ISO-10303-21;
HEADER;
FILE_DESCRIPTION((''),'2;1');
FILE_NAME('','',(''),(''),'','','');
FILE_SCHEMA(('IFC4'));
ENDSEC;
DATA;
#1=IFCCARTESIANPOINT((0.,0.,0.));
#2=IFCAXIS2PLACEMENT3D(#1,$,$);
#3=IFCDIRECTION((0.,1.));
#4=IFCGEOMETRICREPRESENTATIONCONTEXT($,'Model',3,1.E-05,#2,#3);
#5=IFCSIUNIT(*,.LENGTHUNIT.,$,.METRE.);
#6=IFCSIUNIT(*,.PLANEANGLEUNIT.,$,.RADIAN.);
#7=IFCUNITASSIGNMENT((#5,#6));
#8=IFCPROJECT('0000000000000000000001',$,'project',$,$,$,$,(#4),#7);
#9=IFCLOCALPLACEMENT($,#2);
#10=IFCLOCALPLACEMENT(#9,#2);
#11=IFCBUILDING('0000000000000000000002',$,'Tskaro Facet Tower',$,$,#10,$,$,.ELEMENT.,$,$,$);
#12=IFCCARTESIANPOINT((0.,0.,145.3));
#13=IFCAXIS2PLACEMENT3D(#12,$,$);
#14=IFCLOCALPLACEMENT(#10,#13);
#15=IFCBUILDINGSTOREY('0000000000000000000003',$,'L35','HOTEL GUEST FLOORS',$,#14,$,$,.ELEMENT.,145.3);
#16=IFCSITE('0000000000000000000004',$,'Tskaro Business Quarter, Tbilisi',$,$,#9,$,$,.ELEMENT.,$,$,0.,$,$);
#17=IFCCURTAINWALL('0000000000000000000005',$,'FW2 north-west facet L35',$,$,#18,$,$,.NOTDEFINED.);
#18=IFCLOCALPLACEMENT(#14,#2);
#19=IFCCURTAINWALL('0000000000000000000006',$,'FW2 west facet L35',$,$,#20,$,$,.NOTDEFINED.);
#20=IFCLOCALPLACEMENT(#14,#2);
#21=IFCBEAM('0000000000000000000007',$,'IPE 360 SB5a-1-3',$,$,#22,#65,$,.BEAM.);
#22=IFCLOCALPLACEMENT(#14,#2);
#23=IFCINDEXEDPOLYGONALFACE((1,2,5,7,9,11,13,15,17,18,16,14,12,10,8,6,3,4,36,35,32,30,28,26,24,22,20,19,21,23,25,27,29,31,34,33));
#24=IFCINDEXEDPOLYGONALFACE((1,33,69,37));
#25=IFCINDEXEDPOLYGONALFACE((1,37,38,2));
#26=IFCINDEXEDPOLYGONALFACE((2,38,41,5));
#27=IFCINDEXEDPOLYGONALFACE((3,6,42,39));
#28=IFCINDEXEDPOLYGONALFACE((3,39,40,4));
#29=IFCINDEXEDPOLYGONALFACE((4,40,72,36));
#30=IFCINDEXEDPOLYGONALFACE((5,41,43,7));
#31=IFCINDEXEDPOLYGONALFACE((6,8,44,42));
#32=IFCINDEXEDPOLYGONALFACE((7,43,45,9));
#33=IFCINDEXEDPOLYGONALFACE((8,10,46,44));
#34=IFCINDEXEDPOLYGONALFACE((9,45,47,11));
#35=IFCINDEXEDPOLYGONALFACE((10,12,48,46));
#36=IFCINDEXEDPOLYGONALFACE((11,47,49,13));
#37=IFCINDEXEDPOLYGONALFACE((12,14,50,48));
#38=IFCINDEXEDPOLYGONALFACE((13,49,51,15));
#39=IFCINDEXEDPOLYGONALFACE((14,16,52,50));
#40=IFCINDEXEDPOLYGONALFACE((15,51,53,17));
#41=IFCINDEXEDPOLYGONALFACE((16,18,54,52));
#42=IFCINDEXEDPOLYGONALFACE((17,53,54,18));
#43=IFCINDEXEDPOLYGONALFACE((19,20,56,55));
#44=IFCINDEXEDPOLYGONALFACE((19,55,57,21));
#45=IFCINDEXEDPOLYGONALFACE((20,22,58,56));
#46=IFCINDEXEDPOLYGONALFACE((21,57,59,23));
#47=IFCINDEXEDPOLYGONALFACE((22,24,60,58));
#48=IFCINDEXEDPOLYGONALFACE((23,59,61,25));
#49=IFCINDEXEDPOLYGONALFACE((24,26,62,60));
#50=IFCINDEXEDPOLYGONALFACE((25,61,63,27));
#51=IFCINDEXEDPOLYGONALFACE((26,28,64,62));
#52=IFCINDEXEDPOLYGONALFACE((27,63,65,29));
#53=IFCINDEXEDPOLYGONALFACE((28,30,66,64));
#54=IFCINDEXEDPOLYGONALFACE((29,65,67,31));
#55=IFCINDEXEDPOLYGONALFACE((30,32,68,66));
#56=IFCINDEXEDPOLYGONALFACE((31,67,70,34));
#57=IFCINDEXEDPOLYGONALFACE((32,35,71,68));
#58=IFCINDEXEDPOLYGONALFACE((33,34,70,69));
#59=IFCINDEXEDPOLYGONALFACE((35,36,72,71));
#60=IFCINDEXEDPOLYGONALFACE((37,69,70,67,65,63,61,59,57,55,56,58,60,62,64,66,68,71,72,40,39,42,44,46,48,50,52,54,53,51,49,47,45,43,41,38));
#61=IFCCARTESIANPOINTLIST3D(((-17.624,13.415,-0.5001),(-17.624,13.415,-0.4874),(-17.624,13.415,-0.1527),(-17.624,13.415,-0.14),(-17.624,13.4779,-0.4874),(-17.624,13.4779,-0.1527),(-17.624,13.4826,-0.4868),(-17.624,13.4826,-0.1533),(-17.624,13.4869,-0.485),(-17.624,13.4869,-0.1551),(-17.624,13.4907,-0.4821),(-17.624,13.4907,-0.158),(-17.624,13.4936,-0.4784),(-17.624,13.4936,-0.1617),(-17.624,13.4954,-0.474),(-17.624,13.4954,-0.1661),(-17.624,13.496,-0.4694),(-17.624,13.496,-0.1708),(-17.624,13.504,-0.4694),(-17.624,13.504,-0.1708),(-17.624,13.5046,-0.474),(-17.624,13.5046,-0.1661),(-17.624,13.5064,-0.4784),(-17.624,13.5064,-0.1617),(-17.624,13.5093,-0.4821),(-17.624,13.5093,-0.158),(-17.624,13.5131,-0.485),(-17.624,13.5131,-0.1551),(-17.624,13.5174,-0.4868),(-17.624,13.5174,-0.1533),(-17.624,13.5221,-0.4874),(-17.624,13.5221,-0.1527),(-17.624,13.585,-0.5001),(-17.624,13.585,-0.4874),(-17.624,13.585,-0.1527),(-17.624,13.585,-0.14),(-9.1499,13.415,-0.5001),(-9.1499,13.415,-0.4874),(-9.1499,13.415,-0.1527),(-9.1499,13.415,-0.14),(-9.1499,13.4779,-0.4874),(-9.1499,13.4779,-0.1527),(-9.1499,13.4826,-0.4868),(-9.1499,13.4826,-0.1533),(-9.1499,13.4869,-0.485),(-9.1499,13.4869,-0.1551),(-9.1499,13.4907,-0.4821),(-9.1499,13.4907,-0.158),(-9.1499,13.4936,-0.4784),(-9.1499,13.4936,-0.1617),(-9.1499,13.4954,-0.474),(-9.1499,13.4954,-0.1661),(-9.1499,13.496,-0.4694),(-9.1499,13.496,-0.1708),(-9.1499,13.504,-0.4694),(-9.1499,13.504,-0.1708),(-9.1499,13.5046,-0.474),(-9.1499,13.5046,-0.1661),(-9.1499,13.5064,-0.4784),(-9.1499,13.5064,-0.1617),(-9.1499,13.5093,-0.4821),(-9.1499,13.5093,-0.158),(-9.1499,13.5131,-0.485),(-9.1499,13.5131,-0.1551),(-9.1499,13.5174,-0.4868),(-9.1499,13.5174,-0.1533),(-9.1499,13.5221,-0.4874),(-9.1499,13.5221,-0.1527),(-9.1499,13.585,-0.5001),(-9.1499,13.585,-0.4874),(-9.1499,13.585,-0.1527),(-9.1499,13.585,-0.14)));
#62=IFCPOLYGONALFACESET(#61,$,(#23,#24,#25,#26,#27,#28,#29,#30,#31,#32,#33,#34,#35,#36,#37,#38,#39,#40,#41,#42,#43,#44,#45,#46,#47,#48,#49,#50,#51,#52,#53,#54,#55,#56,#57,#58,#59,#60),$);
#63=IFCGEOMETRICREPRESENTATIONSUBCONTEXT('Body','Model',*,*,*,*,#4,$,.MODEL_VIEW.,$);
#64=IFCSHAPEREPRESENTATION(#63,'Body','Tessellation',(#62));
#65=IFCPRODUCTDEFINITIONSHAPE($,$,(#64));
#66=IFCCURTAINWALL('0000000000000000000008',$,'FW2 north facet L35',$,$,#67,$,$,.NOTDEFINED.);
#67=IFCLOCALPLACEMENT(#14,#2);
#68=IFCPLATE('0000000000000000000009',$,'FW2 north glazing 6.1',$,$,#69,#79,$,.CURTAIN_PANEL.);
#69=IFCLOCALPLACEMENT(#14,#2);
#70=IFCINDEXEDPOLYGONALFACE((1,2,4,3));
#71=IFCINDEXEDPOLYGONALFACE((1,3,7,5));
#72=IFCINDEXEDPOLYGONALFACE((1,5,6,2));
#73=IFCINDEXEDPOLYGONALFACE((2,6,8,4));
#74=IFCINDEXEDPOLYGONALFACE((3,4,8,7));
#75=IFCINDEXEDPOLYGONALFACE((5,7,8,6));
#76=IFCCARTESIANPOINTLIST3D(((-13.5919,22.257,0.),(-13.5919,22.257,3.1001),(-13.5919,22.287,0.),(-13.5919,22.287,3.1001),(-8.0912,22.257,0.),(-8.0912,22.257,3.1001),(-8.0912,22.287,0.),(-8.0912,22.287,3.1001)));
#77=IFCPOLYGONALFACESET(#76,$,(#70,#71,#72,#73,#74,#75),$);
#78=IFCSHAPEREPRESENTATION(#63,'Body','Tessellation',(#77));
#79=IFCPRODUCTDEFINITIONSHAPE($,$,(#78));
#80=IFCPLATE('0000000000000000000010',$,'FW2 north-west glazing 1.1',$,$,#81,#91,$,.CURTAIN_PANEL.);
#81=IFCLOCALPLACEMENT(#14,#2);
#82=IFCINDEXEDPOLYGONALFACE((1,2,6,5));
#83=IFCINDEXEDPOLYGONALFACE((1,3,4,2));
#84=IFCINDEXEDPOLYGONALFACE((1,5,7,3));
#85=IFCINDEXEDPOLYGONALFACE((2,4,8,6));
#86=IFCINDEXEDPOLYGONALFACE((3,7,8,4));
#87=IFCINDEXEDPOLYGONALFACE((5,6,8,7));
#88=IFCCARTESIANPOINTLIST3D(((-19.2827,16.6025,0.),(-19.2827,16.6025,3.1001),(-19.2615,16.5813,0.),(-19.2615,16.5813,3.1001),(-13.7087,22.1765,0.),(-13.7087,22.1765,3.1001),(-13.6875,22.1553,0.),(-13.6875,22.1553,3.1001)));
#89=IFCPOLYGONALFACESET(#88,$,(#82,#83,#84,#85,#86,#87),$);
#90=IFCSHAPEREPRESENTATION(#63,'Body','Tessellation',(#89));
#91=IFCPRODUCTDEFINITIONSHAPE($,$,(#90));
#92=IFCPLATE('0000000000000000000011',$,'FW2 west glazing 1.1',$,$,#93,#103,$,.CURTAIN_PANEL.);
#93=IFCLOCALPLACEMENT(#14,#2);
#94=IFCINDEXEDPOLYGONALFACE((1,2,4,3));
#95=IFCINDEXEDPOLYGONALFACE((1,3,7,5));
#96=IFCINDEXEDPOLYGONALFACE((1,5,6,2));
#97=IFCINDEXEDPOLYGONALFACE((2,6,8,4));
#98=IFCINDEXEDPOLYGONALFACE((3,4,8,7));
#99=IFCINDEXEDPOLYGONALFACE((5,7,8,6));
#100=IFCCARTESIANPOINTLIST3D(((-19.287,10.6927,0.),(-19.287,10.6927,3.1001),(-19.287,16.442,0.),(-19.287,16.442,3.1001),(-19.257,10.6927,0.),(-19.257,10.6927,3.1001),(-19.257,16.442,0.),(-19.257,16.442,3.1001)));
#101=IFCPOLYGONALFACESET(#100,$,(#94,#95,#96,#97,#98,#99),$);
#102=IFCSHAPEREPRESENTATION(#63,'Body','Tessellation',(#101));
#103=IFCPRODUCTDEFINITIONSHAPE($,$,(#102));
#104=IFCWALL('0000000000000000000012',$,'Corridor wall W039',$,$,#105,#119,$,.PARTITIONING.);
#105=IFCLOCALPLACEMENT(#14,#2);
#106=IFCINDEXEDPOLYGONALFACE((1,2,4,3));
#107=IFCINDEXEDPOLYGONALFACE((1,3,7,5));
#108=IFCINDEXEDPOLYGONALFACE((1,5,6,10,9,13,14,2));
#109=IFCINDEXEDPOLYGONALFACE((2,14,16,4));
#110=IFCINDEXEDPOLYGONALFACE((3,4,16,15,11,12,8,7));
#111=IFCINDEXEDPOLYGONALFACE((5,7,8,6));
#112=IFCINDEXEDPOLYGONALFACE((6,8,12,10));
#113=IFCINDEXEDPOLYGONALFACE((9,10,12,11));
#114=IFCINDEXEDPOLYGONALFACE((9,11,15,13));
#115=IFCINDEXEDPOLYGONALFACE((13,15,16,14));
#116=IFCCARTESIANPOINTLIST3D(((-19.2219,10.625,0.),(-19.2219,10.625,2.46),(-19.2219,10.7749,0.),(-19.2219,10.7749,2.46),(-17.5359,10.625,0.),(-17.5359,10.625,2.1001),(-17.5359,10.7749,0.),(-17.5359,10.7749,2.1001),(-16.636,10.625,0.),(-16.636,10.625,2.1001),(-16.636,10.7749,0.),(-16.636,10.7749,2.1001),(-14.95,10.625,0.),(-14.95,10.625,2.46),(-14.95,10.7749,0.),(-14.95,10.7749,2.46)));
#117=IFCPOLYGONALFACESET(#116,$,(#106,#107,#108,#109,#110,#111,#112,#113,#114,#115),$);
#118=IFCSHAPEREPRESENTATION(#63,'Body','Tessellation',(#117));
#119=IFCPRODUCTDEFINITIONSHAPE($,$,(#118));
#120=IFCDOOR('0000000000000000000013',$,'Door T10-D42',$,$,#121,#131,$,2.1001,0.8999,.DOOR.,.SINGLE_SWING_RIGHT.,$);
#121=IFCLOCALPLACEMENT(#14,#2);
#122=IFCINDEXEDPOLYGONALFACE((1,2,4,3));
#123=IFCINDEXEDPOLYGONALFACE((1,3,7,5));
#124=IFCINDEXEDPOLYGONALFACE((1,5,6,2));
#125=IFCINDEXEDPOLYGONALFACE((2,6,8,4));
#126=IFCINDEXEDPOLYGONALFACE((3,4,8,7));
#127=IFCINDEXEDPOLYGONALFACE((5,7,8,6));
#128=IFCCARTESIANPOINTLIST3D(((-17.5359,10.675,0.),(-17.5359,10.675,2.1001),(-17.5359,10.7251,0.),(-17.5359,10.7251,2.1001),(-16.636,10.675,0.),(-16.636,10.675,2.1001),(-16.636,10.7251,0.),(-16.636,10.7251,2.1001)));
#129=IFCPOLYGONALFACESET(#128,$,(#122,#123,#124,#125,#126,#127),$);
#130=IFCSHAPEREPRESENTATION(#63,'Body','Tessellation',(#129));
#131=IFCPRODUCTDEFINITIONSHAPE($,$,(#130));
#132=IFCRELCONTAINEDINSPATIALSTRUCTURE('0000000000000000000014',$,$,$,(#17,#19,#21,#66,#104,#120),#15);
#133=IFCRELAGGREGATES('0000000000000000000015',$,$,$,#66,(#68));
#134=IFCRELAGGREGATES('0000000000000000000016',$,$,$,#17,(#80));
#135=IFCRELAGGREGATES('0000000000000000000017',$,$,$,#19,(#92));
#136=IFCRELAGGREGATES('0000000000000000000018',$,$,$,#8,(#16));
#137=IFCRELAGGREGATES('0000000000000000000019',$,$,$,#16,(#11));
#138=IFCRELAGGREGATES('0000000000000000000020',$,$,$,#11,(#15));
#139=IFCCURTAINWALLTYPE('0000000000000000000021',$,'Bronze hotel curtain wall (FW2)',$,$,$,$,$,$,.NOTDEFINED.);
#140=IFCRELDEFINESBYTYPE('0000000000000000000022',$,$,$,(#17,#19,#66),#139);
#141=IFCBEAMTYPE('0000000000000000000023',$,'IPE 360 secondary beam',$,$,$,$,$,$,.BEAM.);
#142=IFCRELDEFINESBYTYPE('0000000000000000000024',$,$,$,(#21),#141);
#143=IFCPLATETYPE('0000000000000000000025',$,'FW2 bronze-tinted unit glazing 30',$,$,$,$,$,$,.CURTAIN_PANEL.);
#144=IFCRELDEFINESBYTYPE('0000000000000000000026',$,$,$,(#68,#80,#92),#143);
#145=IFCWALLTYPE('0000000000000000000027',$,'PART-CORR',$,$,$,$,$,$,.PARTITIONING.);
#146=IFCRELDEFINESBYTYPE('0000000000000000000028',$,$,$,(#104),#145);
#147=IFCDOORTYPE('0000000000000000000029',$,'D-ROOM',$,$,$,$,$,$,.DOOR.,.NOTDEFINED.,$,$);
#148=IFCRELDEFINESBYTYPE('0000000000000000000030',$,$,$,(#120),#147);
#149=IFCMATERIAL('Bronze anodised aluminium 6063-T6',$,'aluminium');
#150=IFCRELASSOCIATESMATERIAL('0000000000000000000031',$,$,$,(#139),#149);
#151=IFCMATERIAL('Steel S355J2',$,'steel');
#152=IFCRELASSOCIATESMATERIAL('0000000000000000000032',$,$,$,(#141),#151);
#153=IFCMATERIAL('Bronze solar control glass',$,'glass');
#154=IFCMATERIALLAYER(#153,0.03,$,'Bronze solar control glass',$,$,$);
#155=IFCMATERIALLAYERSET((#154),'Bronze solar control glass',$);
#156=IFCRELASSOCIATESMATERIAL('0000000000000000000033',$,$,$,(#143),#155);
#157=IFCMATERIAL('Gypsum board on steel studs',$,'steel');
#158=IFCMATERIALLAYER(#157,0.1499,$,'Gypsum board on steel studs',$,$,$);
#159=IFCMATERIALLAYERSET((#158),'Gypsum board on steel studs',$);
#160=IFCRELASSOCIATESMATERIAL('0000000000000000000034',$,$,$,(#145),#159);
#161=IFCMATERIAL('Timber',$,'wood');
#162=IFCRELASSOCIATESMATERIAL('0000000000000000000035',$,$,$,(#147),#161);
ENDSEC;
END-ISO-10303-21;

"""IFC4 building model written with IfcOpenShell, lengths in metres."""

from ifc_helpers import new_model, si_unit, direction, frame, frame_2d, origin, origin_2d, place, context, subcontext, project, spatial, rectangle, i_section, extrude, material, layer, layer_set, material_profile, profile_set, type_object, element, fill, aggregate, save


model = new_model("IFC4")

# Units and contexts
model_context = context("Model", 3, precision=1e-05, world=origin(), true_north=direction((0.0, 1.0)))
body_context = subcontext(model_context, "Body", "Model", "MODEL_VIEW")
ifc_project = project(units=[si_unit("LENGTHUNIT", "METRE"), si_unit("PLANEANGLEUNIT", "RADIAN")], contexts=[model_context])

# Site, building, storey
site_placement = place(None, origin())
site = spatial("IfcSite", under=ifc_project, at=site_placement, Name="Tskaro Business Quarter, Tbilisi", CompositionType="ELEMENT", RefElevation=0.0)
building_placement = place(site_placement, origin())
building = spatial("IfcBuilding", under=site, at=building_placement, Name="Tskaro Facet Tower", CompositionType="ELEMENT")
storey_placement = place(building_placement, frame((0.0, 0.0, 145.3)))
storey = spatial("IfcBuildingStorey", under=building, at=storey_placement, Name="L35", Description="HOTEL GUEST FLOORS", CompositionType="ELEMENT", Elevation=145.3)

# Curtain wall
ifc_material_1 = material(Name="Bronze anodised aluminium 6063-T6", Category="aluminium")
curtain_wall_type = type_object("IfcCurtainWallType", Name="Bronze hotel curtain wall (FW2)", PredefinedType="NOTDEFINED", material=ifc_material_1)
curtain_wall_1_placement = place(storey_placement, origin())
curtain_wall_1 = element("IfcCurtainWall", 1, at=curtain_wall_1_placement, inside=storey, type_object=curtain_wall_type, Name="FW2 north-west facet L35", PredefinedType="NOTDEFINED")

# Curtain wall
curtain_wall_2_placement = place(storey_placement, origin())
curtain_wall_2 = element("IfcCurtainWall", 2, at=curtain_wall_2_placement, inside=storey, type_object=curtain_wall_type, Name="FW2 west facet L35", PredefinedType="NOTDEFINED")

# Beam
ifc_material_2 = material(Name="Steel S355J2", Category="steel")
ifc_material_profile_1 = material_profile(ifc_material_2, i_section(OverallWidth=0.1699, OverallDepth=0.3601, WebThickness=0.0081, FlangeThickness=0.0127, FilletRadius=0.0181, at=origin_2d()), Name="IPE 360")
ifc_profile_set_1 = profile_set([ifc_material_profile_1], Name="Steel S355J2")
beam_type_1 = type_object("IfcBeamType", Name="IPE 360 secondary beam", PredefinedType="BEAM", material=ifc_profile_set_1)
beam_1_placement = place(storey_placement, frame((-17.624, 13.5, -0.3201), z_axis=(1.0, 0.0, 0.0), x_axis=(0.0, 1.0, 0.0)))
element("IfcBeam", 3, at=beam_1_placement, inside=storey, type_object=beam_type_1, Name="IPE 360 SB5a-1-3", PredefinedType="BEAM", context=body_context, shape_type="SweptSolid", body=[
    extrude(i_section(OverallWidth=0.1699, OverallDepth=0.3601, WebThickness=0.0081, FlangeThickness=0.0127, FilletRadius=0.0181, at=origin_2d()), origin(), (0.0, 0.0, 1.0), 8.4741),
])

# Curtain wall, plate
curtain_wall_3_placement = place(storey_placement, origin())
curtain_wall_3 = element("IfcCurtainWall", 4, at=curtain_wall_3_placement, inside=storey, type_object=curtain_wall_type, Name="FW2 north facet L35", PredefinedType="NOTDEFINED")
ifc_material_3 = material(Name="Bronze solar control glass", Category="glass")
ifc_layer_1 = layer(ifc_material_3, 0.03, Name="Bronze solar control glass")
ifc_layer_set_1 = layer_set([ifc_layer_1], Name="Bronze solar control glass")
plate_type = type_object("IfcPlateType", Name="FW2 bronze-tinted unit glazing 30", PredefinedType="CURTAIN_PANEL", material=ifc_layer_set_1)
plate_1_placement = place(storey_placement, frame((-10.8416, 22.272, 0.0), z_axis=(0.0, 0.0, 1.0), x_axis=(-1.0, 0.0, 0.0)))
plate_1 = element("IfcPlate", 5, at=plate_1_placement, type_object=plate_type, Name="FW2 north glazing 6.1", PredefinedType="CURTAIN_PANEL", context=body_context, shape_type="SweptSolid", body=[
    extrude(rectangle(XDim=5.5007, YDim=0.03, at=origin_2d()), origin(), (0.0, 0.0, 1.0), 3.1001),
])
aggregate(curtain_wall_3, [plate_1])

# Plates
plate_2_placement = place(storey_placement, frame((-16.4851, 19.3789, 0.0), z_axis=(0.0, 0.0, 1.0), x_axis=(-0.707107, -0.707107, 0.0)))
plate_2 = element("IfcPlate", 6, at=plate_2_placement, type_object=plate_type, Name="FW2 north-west glazing 1.1", PredefinedType="CURTAIN_PANEL", context=body_context, shape_type="SweptSolid", body=[
    extrude(rectangle(XDim=7.8828, YDim=0.03, at=origin_2d()), origin(), (0.0, 0.0, 1.0), 3.1001),
])
aggregate(curtain_wall_1, [plate_2])
plate_3_placement = place(storey_placement, frame((-19.272, 13.5674, 0.0), z_axis=(0.0, 0.0, 1.0), x_axis=(0.0, -1.0, 0.0)))
plate_3 = element("IfcPlate", 7, at=plate_3_placement, type_object=plate_type, Name="FW2 west glazing 1.1", PredefinedType="CURTAIN_PANEL", context=body_context, shape_type="SweptSolid", body=[
    extrude(rectangle(XDim=5.7493, YDim=0.03, at=origin_2d()), origin(), (0.0, 0.0, 1.0), 3.1001),
])
aggregate(curtain_wall_2, [plate_3])

# Wall, opening, door
ifc_material_4 = material(Name="Gypsum board on steel studs", Category="steel")
ifc_layer_2 = layer(ifc_material_4, 0.1499, Name="Gypsum board on steel studs")
ifc_layer_set_2 = layer_set([ifc_layer_2], Name="Gypsum board on steel studs")
wall_type_1 = type_object("IfcWallType", Name="PART-CORR", PredefinedType="PARTITIONING", material=ifc_layer_set_2)
wall_1_placement = place(storey_placement, frame((-14.95, 10.7, 0.0), z_axis=(0.0, 0.0, 1.0), x_axis=(-1.0, 0.0, 0.0)))
wall_1 = element("IfcWall", 8, at=wall_1_placement, inside=storey, type_object=wall_type_1, Name="Corridor wall W039", PredefinedType="PARTITIONING", context=body_context, shape_type="SweptSolid", body=[
    extrude(rectangle(XDim=4.272, YDim=0.1499, at=frame_2d((2.136, 0.0))), origin(), (0.0, 0.0, 1.0), 2.46),
])
opening_1_placement = place(wall_1_placement, frame((1.686, 0.0, 0.0)))
opening_1 = element("IfcOpeningElement", 9, at=opening_1_placement, cuts=wall_1, PredefinedType="OPENING", context=body_context, shape_type="SweptSolid", body=[
    extrude(rectangle(XDim=0.8999, YDim=2.1001, at=frame_2d((0.45, 1.05))), frame((0.0, 0.085, 0.0), z_axis=(0.0, -1.0, 0.0), x_axis=(1.0, 0.0, 0.0)), (0.0, 0.0, 1.0), 0.1699),
])
ifc_material_5 = material(Name="Timber", Category="wood")
door_type_1 = type_object("IfcDoorType", Name="D-ROOM", OperationType="NOTDEFINED", PredefinedType="DOOR", material=ifc_material_5)
door_1_placement = place(opening_1_placement, origin())
door_1 = element("IfcDoor", 10, at=door_1_placement, inside=storey, type_object=door_type_1, Name="Door T10-D42", OperationType="SINGLE_SWING_RIGHT", OverallHeight=2.1001, OverallWidth=0.8999, PredefinedType="DOOR", context=body_context, shape_type="SweptSolid", body=[
    extrude(rectangle(XDim=0.8999, YDim=2.1001, at=frame_2d((0.45, 1.05))), frame((0.0, 0.0249, 0.0), z_axis=(0.0, -1.0, 0.0), x_axis=(1.0, 0.0, 0.0)), (0.0, 0.0, 1.0), 0.05),
])
fill(opening_1, door_1)

save(model, "model.ifc")
